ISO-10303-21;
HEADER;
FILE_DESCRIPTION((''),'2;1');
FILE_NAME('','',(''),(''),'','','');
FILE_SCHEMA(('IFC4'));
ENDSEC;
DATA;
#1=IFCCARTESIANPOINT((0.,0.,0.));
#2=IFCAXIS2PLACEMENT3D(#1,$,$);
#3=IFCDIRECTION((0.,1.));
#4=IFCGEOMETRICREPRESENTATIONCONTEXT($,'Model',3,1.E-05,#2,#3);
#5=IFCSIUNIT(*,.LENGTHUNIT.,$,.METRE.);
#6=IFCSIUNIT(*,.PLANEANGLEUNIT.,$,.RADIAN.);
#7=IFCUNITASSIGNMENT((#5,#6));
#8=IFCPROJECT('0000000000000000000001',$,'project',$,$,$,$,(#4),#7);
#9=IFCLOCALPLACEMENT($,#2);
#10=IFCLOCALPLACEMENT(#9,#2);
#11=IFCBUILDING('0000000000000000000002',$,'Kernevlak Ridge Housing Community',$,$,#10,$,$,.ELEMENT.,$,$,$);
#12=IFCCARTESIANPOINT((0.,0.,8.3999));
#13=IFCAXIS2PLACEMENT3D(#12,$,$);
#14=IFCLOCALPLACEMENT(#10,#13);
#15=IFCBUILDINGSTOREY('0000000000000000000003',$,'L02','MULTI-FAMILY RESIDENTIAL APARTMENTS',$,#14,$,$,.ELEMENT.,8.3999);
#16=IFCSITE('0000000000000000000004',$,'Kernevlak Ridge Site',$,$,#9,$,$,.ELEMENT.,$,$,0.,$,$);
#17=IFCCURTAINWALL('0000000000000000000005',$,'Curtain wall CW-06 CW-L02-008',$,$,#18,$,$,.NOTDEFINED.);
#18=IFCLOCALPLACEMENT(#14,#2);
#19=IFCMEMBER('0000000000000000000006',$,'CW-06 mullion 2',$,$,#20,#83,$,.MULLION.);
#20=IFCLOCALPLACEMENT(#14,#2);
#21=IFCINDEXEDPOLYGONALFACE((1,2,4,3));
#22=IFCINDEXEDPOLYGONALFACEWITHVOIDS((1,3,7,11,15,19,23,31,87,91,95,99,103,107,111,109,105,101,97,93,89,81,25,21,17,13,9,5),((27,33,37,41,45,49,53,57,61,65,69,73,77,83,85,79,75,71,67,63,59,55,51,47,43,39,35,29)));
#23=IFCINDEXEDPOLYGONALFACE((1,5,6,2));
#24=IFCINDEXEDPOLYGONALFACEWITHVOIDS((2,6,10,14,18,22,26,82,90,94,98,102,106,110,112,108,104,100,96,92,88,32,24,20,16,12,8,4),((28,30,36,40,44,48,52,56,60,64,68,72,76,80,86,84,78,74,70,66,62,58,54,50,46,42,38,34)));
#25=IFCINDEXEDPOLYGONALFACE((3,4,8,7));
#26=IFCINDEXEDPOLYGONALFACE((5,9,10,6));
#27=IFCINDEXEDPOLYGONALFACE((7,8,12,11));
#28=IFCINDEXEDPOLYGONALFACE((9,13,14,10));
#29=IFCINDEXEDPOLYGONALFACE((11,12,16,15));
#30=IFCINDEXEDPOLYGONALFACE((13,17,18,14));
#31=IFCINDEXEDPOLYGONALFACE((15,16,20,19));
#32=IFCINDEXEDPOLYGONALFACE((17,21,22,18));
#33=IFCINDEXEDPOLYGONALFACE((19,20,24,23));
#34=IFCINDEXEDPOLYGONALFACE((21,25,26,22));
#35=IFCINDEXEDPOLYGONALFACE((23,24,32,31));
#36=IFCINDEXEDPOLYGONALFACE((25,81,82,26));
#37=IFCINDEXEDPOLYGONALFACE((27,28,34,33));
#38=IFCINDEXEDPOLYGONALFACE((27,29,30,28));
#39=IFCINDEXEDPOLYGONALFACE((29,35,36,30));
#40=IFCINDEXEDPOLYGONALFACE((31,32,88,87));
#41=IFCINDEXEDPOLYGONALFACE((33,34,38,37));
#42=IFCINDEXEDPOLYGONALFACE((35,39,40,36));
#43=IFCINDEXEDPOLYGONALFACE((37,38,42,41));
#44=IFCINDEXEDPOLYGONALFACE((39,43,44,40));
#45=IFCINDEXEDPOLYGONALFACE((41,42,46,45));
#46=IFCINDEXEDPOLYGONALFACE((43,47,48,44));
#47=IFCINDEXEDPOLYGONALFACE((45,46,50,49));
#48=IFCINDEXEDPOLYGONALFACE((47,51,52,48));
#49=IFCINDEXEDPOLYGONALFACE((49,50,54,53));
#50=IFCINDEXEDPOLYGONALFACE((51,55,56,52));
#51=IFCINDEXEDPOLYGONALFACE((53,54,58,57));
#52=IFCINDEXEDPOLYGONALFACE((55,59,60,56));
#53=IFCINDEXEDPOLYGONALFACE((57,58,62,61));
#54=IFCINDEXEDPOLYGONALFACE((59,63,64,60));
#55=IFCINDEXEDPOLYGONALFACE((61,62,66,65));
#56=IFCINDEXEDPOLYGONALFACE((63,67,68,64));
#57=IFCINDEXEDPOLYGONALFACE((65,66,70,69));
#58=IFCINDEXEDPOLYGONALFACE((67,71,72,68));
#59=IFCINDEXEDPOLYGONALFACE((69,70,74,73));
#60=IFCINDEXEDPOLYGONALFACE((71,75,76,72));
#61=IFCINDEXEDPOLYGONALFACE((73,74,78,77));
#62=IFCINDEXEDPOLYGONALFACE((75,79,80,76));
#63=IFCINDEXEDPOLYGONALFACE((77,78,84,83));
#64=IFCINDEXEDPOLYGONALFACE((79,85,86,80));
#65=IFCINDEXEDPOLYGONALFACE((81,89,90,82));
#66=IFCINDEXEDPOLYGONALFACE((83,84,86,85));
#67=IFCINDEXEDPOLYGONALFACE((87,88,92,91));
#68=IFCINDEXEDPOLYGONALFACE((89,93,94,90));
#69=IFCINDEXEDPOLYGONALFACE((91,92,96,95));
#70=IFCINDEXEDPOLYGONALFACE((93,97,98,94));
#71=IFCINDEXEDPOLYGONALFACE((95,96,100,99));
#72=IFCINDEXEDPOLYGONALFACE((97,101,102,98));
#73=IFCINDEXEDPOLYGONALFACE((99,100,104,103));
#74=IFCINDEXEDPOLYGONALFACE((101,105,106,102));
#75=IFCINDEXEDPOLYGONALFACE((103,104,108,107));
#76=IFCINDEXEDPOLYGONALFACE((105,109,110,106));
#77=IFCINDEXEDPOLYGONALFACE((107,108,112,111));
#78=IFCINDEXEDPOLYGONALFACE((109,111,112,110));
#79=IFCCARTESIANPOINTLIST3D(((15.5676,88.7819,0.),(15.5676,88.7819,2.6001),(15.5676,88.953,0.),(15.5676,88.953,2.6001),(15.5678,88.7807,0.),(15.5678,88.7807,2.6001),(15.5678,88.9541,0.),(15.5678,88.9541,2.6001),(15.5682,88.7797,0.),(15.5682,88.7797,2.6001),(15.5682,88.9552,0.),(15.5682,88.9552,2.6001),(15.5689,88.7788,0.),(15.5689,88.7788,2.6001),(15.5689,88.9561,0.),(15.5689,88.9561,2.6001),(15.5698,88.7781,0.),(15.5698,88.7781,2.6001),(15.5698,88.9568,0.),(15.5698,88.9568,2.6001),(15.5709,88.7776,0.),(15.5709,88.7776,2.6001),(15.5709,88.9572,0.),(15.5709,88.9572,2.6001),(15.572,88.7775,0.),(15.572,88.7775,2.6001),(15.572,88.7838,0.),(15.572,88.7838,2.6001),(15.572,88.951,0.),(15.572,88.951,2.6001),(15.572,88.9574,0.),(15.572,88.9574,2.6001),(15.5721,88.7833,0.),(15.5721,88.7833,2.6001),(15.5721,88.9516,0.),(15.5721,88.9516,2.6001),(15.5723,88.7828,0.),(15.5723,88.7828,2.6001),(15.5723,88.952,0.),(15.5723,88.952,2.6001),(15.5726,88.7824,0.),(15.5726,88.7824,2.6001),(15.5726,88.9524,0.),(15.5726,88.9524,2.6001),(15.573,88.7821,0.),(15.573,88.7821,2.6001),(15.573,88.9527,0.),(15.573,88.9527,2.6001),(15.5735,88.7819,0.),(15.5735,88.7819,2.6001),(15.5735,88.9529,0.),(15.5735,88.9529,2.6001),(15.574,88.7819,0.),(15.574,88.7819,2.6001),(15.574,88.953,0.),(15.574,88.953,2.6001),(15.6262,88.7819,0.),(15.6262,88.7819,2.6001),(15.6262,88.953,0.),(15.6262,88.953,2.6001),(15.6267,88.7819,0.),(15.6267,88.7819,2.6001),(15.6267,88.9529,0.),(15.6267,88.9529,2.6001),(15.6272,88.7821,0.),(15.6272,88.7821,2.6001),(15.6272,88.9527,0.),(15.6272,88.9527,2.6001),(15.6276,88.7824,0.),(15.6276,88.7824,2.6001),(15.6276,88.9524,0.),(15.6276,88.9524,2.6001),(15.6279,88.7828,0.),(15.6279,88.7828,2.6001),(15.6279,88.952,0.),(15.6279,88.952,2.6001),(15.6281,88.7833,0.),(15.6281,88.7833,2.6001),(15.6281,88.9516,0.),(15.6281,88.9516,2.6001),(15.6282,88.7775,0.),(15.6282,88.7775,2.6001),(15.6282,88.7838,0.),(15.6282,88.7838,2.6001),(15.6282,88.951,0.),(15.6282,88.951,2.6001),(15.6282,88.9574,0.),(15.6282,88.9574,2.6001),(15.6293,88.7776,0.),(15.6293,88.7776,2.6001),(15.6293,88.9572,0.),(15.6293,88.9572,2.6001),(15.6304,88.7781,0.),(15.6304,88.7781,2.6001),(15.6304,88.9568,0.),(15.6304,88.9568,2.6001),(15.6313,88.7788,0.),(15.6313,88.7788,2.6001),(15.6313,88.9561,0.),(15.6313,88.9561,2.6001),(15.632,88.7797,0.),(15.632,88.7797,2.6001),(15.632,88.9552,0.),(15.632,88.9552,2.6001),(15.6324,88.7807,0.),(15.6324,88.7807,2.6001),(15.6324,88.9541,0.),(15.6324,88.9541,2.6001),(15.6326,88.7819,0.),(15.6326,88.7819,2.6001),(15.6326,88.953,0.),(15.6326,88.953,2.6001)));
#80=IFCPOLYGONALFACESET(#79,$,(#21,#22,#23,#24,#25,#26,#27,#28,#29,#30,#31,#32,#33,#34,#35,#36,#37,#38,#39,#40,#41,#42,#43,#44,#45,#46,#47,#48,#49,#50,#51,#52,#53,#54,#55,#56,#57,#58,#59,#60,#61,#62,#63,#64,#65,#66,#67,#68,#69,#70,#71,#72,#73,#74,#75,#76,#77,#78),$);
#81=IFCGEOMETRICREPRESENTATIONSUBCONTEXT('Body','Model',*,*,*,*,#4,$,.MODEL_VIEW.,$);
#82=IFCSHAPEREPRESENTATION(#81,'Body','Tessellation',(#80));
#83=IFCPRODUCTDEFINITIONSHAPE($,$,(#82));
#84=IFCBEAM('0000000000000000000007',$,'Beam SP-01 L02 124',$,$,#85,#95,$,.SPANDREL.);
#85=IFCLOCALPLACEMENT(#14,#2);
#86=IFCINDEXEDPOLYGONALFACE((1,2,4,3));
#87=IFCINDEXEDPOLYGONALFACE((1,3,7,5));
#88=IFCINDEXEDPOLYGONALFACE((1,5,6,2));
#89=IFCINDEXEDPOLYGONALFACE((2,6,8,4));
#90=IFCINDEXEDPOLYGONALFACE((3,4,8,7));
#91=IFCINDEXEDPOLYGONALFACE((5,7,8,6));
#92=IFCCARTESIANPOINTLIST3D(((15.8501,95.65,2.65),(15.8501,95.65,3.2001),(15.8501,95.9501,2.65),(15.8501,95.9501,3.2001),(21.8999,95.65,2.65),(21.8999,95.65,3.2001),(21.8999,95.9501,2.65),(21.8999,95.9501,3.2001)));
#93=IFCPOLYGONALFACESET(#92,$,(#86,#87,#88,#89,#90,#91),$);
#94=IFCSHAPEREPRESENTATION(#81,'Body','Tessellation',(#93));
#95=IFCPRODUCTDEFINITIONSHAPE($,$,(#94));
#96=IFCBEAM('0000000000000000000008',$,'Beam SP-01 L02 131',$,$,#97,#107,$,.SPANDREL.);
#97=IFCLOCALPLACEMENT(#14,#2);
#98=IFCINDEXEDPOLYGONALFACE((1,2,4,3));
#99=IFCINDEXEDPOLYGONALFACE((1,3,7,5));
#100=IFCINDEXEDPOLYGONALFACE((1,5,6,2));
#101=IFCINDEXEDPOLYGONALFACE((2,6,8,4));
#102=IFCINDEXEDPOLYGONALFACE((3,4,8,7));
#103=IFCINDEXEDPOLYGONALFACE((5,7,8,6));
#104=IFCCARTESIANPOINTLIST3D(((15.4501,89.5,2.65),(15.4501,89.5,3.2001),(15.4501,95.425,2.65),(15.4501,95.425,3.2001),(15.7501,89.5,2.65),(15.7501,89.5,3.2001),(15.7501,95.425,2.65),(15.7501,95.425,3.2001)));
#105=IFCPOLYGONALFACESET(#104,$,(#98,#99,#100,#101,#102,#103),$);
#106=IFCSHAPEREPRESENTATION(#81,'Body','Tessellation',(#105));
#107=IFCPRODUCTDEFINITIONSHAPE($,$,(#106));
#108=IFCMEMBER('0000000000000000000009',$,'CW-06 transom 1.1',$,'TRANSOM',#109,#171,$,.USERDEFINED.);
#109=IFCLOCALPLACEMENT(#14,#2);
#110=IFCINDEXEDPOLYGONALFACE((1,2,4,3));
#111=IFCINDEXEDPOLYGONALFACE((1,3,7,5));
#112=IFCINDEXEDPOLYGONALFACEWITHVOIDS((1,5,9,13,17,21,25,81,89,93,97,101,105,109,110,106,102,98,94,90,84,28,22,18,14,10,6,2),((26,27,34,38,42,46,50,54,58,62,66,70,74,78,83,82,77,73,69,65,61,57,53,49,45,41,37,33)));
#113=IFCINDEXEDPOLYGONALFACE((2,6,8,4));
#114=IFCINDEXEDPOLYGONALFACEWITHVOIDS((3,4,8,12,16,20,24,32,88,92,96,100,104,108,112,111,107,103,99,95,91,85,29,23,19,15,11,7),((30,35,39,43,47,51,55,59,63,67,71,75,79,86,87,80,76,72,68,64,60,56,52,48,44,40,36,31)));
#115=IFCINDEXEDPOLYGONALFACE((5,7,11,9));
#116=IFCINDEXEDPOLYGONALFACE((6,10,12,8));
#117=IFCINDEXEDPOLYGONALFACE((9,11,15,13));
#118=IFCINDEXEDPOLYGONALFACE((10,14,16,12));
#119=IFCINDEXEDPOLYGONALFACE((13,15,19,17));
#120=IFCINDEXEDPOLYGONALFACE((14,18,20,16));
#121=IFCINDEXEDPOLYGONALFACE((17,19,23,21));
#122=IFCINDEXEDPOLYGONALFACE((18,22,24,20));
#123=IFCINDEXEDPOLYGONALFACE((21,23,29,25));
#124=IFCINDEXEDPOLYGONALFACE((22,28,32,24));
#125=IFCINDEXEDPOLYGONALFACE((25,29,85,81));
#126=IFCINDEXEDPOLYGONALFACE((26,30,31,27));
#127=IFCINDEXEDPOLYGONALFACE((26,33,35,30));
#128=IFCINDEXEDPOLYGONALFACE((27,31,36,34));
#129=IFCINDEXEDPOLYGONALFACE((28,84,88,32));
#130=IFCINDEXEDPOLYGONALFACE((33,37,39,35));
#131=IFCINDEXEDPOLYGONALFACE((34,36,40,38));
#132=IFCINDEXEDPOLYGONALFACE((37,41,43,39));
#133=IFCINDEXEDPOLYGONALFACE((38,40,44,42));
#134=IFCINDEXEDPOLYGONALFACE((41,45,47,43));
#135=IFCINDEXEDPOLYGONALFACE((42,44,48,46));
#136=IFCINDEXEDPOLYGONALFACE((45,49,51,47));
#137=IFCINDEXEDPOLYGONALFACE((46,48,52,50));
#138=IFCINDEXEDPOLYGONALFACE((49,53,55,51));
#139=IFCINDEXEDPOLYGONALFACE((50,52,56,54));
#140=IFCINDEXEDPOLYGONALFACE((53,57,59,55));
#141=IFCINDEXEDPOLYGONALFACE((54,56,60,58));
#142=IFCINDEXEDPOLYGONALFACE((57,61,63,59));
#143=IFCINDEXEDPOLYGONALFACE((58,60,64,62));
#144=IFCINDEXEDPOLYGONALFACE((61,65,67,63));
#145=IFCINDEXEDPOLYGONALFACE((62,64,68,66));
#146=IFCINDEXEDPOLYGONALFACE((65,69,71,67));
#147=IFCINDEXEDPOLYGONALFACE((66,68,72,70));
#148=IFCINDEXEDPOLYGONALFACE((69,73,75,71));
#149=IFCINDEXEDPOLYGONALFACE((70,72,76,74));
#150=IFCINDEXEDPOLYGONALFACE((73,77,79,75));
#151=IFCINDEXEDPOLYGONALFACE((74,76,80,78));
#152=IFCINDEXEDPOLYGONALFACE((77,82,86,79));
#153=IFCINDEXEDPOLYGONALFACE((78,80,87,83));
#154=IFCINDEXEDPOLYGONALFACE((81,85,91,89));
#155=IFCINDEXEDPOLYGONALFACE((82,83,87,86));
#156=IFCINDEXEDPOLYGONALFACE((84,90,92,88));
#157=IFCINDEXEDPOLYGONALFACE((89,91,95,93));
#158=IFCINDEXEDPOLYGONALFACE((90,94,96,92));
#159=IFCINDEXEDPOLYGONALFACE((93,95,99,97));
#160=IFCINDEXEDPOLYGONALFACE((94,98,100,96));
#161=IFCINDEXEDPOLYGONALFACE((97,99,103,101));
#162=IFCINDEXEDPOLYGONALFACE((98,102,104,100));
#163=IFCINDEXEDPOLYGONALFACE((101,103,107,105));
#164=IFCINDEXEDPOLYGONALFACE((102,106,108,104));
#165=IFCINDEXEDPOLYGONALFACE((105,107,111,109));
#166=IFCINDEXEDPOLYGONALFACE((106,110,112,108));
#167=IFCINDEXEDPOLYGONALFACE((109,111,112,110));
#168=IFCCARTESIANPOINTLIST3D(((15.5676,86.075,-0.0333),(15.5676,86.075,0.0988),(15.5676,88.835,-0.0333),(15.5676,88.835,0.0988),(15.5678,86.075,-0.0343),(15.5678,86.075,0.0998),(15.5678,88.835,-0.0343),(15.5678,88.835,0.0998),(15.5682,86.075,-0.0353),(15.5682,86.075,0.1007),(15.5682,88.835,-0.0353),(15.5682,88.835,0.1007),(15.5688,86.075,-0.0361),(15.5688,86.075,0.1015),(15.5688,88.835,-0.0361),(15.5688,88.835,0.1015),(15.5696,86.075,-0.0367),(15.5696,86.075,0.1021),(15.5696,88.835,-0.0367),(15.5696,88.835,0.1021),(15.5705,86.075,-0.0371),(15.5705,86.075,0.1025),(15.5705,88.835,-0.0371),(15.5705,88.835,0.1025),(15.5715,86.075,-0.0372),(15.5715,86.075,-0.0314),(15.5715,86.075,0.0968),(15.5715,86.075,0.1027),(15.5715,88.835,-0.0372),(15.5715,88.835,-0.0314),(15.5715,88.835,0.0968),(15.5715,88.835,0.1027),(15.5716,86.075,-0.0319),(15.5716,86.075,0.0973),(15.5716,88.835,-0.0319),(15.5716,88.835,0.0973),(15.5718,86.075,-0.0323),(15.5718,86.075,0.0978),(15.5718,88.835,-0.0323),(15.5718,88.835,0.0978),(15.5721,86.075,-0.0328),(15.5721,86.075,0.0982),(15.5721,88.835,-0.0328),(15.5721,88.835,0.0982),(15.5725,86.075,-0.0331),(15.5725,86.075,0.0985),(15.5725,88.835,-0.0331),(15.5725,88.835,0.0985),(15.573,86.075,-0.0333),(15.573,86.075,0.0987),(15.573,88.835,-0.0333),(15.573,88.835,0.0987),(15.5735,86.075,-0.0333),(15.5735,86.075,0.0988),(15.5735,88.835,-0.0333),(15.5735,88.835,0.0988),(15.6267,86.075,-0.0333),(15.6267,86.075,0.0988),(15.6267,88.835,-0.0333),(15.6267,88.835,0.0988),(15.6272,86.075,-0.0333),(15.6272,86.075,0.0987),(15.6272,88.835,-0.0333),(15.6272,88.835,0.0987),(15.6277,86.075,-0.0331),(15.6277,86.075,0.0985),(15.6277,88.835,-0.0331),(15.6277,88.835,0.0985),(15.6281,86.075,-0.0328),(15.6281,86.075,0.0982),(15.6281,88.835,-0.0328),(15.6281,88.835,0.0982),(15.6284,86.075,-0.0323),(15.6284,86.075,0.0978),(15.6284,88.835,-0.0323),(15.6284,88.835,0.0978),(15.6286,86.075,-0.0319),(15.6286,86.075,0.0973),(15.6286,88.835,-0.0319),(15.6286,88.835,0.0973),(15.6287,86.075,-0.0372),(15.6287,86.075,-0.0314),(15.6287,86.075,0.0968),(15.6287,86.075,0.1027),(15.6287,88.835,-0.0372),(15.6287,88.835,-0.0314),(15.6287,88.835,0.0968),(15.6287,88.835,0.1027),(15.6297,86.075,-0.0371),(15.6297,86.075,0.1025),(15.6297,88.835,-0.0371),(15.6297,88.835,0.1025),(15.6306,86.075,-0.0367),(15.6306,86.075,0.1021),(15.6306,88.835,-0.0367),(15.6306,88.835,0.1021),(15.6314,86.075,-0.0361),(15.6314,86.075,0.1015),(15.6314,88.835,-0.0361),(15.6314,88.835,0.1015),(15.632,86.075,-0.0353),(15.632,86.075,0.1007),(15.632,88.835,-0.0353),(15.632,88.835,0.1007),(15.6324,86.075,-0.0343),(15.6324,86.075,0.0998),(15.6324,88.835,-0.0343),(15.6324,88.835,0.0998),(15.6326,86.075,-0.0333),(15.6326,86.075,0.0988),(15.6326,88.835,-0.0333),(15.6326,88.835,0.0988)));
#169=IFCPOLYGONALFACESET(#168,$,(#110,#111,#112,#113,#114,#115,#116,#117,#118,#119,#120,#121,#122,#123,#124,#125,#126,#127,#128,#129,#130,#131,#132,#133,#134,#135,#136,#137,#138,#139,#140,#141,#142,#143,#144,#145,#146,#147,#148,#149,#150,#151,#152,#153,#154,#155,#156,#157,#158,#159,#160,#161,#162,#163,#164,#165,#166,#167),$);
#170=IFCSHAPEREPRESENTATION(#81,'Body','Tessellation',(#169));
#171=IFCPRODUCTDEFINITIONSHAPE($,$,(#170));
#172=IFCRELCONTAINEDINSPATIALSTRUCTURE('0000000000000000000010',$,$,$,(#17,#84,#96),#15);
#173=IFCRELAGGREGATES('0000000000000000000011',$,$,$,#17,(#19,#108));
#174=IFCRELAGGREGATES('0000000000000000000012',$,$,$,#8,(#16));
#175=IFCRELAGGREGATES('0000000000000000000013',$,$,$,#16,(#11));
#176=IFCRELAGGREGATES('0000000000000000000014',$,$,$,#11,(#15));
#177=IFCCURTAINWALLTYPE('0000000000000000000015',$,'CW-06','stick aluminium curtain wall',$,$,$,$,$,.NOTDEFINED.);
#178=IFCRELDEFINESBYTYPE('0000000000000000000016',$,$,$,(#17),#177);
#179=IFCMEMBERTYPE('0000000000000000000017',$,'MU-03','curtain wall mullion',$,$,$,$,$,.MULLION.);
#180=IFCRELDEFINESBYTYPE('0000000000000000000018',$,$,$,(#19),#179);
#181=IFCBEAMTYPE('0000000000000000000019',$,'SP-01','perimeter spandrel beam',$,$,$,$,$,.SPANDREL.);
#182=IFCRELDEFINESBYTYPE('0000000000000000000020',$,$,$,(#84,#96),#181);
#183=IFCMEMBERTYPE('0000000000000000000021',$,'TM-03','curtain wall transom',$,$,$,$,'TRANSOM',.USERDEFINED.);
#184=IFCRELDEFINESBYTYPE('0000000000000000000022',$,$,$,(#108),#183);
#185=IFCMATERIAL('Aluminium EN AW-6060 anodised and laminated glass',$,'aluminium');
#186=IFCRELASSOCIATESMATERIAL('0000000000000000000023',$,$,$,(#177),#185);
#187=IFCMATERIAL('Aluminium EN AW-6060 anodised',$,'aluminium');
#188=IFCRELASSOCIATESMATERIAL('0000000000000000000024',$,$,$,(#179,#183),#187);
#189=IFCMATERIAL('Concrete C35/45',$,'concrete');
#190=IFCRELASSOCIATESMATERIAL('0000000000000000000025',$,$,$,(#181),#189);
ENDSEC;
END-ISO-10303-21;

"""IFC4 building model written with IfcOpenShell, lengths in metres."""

from ifc_helpers import new_model, si_unit, direction, frame, origin, origin_2d, place, context, subcontext, project, spatial, rectangle, hollow_rectangle, extrude, material, material_profile, profile_set, type_object, element, aggregate, save


model = new_model("IFC4")

# Units and contexts
model_context = context("Model", 3, precision=1e-05, world=origin(), true_north=direction((0.0, 1.0)))
body_context = subcontext(model_context, "Body", "Model", "MODEL_VIEW")
ifc_project = project(units=[si_unit("LENGTHUNIT", "METRE"), si_unit("PLANEANGLEUNIT", "RADIAN")], contexts=[model_context])

# Site, building, storey
site_placement = place(None, origin())
site = spatial("IfcSite", under=ifc_project, at=site_placement, Name="Kernevlak Ridge Site", CompositionType="ELEMENT", RefElevation=0.0)
building_placement = place(site_placement, origin())
building = spatial("IfcBuilding", under=site, at=building_placement, Name="Kernevlak Ridge Housing Community", CompositionType="ELEMENT")
storey_placement = place(building_placement, frame((0.0, 0.0, 8.3999)))
storey = spatial("IfcBuildingStorey", under=building, at=storey_placement, Name="L02", Description="MULTI-FAMILY RESIDENTIAL APARTMENTS", CompositionType="ELEMENT", Elevation=8.3999)

# Shared definitions
ifc_material_1 = material(Name="Concrete C35/45", Category="concrete")

# Shared definitions
ifc_material_2 = material(Name="Aluminium EN AW-6060 anodised and laminated glass", Category="aluminium")
ifc_material_3 = material(Name="Aluminium EN AW-6060 anodised", Category="aluminium")

# Curtain wall, member
curtain_wall_type_1 = type_object("IfcCurtainWallType", Name="CW-06", Description="stick aluminium curtain wall", PredefinedType="NOTDEFINED", material=ifc_material_2)
curtain_wall_1_placement = place(storey_placement, origin())
curtain_wall_1 = element("IfcCurtainWall", 1, at=curtain_wall_1_placement, inside=storey, type_object=curtain_wall_type_1, Name="Curtain wall CW-06 CW-L02-008", PredefinedType="NOTDEFINED")
ifc_material_profile_1 = material_profile(ifc_material_3, hollow_rectangle(XDim=0.0649, YDim=0.1799, WallThickness=0.0044, InnerFilletRadius=0.002, OuterFilletRadius=0.0044, at=origin_2d()), Name="ALU 65x180x4.5")
ifc_profile_set_1 = profile_set([ifc_material_profile_1], Name="Aluminium EN AW-6060 anodised")
member_type_1 = type_object("IfcMemberType", Name="MU-03", Description="curtain wall mullion", PredefinedType="MULLION", material=ifc_profile_set_1)
member_1_placement = place(storey_placement, frame((15.6001, 88.8674, 0.0), z_axis=(0.0, 0.0, 1.0), x_axis=(-1.0, 0.0, 0.0)))
member_1 = element("IfcMember", 2, at=member_1_placement, type_object=member_type_1, Name="CW-06 mullion 2", PredefinedType="MULLION", context=body_context, shape_type="SweptSolid", body=[
    extrude(hollow_rectangle(XDim=0.0649, YDim=0.1799, WallThickness=0.0044, InnerFilletRadius=0.002, OuterFilletRadius=0.0044, at=origin_2d()), origin(), (0.0, 0.0, 1.0), 2.6001),
])

# Beams
ifc_material_profile_2 = material_profile(ifc_material_1, rectangle(XDim=0.3, YDim=0.55, at=origin_2d()), Name="RC 300x550")
ifc_profile_set_2 = profile_set([ifc_material_profile_2], Name="Concrete C35/45")
beam_type_1 = type_object("IfcBeamType", Name="SP-01", Description="perimeter spandrel beam", PredefinedType="SPANDREL", material=ifc_profile_set_2)
beam_1_placement = place(storey_placement, frame((15.8501, 95.8, 2.925), z_axis=(1.0, 0.0, 0.0), x_axis=(0.0, 1.0, 0.0)))
element("IfcBeam", 3, at=beam_1_placement, inside=storey, type_object=beam_type_1, Name="Beam SP-01 L02 124", PredefinedType="SPANDREL", context=body_context, shape_type="SweptSolid", body=[
    extrude(rectangle(XDim=0.3, YDim=0.55, at=origin_2d()), origin(), (0.0, 0.0, 1.0), 6.0498),
])
beam_2_placement = place(storey_placement, frame((15.6001, 89.5, 2.925), z_axis=(0.0, 1.0, 0.0), x_axis=(-1.0, 0.0, 0.0)))
element("IfcBeam", 4, at=beam_2_placement, inside=storey, type_object=beam_type_1, Name="Beam SP-01 L02 131", PredefinedType="SPANDREL", context=body_context, shape_type="SweptSolid", body=[
    extrude(rectangle(XDim=0.3, YDim=0.55, at=origin_2d()), origin(), (0.0, 0.0, 1.0), 5.925),
])

# Member
ifc_material_profile_3 = material_profile(ifc_material_3, hollow_rectangle(XDim=0.0649, YDim=0.1399, WallThickness=0.0039, InnerFilletRadius=0.002, OuterFilletRadius=0.0039, at=origin_2d()), Name="ALU 65x140x4")
ifc_profile_set_3 = profile_set([ifc_material_profile_3], Name="Aluminium EN AW-6060 anodised")
member_type_2 = type_object("IfcMemberType", Name="TM-03", Description="curtain wall transom", ElementType="TRANSOM", PredefinedType="USERDEFINED", material=ifc_profile_set_3)
member_2_placement = place(storey_placement, frame((15.6001, 86.075, 0.0327), z_axis=(0.0, 1.0, 0.0), x_axis=(-1.0, 0.0, 0.0)))
member_2 = element("IfcMember", 5, at=member_2_placement, type_object=member_type_2, Name="CW-06 transom 1.1", ObjectType="TRANSOM", PredefinedType="USERDEFINED", context=body_context, shape_type="SweptSolid", body=[
    extrude(hollow_rectangle(XDim=0.0649, YDim=0.1399, WallThickness=0.0039, InnerFilletRadius=0.002, OuterFilletRadius=0.0039, at=origin_2d()), origin(), (0.0, 0.0, 1.0), 2.76),
])

aggregate(curtain_wall_1, [member_1, member_2])

save(model, "model.ifc")
